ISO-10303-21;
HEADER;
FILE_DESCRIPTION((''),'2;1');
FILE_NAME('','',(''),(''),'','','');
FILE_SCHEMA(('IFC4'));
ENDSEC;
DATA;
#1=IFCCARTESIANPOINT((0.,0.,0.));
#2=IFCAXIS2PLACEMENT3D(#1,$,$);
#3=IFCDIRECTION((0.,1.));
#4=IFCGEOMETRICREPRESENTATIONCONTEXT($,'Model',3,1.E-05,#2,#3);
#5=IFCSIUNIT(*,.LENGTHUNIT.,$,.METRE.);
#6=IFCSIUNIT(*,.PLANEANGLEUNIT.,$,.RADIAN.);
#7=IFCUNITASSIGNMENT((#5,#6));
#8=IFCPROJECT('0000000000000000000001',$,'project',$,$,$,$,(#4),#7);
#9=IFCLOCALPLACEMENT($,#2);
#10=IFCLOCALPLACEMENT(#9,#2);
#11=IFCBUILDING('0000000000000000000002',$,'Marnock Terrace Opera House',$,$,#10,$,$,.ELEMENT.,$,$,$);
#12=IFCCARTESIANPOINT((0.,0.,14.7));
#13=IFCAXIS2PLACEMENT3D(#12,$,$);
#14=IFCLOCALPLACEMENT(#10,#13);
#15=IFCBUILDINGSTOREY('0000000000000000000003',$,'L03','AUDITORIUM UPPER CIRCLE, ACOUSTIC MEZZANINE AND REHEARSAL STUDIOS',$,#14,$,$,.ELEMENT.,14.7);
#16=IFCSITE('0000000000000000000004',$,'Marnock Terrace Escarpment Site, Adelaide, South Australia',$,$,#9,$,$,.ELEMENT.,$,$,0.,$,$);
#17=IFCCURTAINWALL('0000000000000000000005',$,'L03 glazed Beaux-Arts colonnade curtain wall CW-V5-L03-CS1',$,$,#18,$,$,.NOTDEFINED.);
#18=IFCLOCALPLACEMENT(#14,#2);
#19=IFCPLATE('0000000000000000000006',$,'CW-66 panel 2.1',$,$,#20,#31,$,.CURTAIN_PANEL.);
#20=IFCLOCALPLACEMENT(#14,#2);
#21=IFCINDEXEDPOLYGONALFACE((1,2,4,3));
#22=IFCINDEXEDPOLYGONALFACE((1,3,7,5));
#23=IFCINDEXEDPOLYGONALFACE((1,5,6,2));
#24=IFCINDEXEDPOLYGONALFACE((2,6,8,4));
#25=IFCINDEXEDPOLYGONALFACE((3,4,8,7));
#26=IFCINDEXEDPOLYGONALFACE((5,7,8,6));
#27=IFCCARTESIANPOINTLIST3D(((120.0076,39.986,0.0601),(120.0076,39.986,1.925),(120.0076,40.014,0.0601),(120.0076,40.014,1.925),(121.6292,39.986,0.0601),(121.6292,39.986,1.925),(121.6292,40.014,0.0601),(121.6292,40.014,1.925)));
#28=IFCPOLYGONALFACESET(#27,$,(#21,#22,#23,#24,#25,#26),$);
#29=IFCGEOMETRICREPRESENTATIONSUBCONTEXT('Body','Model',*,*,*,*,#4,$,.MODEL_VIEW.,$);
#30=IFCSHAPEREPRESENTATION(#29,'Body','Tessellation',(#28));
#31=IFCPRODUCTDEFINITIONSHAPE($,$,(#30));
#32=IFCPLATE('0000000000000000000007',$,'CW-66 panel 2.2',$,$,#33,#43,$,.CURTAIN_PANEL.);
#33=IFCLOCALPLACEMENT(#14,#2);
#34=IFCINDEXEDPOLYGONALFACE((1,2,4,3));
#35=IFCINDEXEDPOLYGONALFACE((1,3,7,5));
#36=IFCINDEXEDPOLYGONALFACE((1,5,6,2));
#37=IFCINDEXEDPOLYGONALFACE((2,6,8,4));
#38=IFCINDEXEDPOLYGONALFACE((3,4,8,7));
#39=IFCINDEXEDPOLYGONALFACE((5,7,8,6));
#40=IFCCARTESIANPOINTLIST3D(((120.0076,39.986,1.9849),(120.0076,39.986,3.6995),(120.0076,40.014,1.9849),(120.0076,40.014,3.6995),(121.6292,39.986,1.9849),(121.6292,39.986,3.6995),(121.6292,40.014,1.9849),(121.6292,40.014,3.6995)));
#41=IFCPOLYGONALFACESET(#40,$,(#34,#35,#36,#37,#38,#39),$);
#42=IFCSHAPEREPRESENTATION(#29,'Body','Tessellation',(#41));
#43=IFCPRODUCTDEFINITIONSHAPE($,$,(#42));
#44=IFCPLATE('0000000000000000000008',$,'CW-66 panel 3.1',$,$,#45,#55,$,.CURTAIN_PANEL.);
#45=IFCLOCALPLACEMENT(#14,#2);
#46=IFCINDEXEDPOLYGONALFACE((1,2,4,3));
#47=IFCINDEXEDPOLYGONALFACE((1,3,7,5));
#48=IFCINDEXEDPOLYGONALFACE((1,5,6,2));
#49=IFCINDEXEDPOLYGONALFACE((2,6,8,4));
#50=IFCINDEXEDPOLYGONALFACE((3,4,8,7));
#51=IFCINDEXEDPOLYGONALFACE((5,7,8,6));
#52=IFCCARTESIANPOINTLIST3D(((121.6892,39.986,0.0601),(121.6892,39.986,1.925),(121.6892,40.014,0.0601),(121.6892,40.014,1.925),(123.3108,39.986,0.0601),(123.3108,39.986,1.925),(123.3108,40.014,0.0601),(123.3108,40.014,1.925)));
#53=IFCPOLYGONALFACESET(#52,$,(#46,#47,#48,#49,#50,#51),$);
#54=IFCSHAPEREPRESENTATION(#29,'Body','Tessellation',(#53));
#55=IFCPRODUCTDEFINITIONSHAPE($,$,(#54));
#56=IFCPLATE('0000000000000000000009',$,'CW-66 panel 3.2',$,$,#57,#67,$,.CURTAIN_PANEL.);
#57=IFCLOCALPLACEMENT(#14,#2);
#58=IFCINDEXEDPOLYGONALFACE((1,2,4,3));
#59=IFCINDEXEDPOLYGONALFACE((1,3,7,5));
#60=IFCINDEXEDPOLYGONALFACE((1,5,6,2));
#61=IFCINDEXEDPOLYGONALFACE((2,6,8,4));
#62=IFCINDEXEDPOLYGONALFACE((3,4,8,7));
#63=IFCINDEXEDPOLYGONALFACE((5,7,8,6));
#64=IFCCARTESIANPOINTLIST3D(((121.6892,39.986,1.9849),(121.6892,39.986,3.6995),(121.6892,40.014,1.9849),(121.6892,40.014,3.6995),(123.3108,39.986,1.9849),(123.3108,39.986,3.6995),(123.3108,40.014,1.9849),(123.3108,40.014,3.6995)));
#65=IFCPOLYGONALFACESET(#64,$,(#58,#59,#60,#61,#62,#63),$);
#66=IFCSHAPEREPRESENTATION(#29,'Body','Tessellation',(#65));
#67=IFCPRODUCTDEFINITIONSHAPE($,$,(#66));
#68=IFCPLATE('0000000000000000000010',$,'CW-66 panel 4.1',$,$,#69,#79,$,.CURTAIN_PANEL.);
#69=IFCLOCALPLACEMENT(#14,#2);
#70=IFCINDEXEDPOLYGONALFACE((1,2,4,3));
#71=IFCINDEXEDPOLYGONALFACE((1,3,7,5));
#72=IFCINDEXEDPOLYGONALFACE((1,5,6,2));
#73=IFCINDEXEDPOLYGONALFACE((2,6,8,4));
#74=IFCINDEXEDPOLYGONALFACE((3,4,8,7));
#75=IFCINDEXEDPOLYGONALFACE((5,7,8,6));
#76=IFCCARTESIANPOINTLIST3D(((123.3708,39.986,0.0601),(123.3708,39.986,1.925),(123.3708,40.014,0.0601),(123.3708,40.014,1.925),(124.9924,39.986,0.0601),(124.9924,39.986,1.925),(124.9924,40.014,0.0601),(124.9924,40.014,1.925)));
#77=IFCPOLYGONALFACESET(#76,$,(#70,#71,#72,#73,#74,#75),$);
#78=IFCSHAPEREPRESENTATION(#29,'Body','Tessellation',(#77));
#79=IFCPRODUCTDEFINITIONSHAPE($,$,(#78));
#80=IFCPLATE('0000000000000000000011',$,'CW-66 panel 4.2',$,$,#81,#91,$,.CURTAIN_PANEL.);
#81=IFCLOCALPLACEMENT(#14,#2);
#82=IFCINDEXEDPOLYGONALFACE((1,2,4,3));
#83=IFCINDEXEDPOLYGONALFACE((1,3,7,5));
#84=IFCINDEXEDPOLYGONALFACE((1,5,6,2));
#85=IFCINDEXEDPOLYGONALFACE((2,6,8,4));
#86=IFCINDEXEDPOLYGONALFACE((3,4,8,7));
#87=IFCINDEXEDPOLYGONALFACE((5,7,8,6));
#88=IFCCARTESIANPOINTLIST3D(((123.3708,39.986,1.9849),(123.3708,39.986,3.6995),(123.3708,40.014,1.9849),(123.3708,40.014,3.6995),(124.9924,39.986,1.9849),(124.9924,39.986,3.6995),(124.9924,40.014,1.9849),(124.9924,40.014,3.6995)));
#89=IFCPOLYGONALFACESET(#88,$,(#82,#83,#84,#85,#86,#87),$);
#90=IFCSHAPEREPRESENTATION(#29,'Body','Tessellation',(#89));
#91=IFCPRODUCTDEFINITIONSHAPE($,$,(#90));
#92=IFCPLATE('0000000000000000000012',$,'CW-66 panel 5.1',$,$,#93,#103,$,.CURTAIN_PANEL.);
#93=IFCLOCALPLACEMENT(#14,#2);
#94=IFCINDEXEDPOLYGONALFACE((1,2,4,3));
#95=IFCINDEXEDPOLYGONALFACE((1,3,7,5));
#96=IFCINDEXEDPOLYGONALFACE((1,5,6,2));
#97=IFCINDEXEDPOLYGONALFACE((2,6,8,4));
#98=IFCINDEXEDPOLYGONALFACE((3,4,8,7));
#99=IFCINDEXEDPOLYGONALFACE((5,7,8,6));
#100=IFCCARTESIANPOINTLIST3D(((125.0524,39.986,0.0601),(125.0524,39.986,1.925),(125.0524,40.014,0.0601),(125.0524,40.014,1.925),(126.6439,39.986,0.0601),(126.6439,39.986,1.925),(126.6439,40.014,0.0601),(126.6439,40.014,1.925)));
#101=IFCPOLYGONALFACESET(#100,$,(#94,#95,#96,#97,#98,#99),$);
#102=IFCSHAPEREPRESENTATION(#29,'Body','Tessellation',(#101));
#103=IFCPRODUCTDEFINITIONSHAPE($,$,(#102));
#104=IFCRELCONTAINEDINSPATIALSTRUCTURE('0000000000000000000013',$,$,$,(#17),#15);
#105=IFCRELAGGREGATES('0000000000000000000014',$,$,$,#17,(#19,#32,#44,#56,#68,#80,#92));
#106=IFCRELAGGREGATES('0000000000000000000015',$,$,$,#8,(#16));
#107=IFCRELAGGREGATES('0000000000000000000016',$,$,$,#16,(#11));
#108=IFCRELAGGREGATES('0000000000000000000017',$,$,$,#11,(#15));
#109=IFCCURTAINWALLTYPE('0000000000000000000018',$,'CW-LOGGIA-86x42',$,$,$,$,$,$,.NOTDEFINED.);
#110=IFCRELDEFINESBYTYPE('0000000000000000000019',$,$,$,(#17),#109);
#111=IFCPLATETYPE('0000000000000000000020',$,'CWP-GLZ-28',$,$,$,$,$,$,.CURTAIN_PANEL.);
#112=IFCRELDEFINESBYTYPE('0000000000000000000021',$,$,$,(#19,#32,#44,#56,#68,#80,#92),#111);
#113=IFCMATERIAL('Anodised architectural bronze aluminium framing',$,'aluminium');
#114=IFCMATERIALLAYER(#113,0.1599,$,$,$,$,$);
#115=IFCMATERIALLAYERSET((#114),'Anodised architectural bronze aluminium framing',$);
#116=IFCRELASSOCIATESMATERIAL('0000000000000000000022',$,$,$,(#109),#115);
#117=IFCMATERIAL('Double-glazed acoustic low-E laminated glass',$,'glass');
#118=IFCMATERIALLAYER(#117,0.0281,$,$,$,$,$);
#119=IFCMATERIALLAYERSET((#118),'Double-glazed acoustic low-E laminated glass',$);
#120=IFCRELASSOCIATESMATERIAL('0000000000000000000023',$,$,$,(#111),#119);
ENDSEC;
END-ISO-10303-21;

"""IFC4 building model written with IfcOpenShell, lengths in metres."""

from ifc_helpers import new_model, si_unit, direction, frame, origin, origin_2d, place, context, subcontext, project, spatial, rectangle, extrude, material, layer, layer_set, type_object, element, aggregate, save


model = new_model("IFC4")

# Units and contexts
model_context = context("Model", 3, precision=1e-05, world=origin(), true_north=direction((0.0, 1.0)))
body_context = subcontext(model_context, "Body", "Model", "MODEL_VIEW")
ifc_project = project(units=[si_unit("LENGTHUNIT", "METRE"), si_unit("PLANEANGLEUNIT", "RADIAN")], contexts=[model_context])

# Site, building, storey
site_placement = place(None, origin())
site = spatial("IfcSite", under=ifc_project, at=site_placement, Name="Marnock Terrace Escarpment Site, Adelaide, South Australia", CompositionType="ELEMENT", RefElevation=0.0)
building_placement = place(site_placement, origin())
building = spatial("IfcBuilding", under=site, at=building_placement, Name="Marnock Terrace Opera House", CompositionType="ELEMENT")
storey_placement = place(building_placement, frame((0.0, 0.0, 14.7)))
storey = spatial("IfcBuildingStorey", under=building, at=storey_placement, Name="L03", Description="AUDITORIUM UPPER CIRCLE, ACOUSTIC MEZZANINE AND REHEARSAL STUDIOS", CompositionType="ELEMENT", Elevation=14.7)

# Shared definitions
ifc_material_1 = material(Name="Anodised architectural bronze aluminium framing", Category="aluminium")
ifc_layer_1 = layer(ifc_material_1, 0.1599)
ifc_layer_set_1 = layer_set([ifc_layer_1], Name="Anodised architectural bronze aluminium framing")
curtain_wall_type = type_object("IfcCurtainWallType", Name="CW-LOGGIA-86x42", PredefinedType="NOTDEFINED", material=ifc_layer_set_1)

# Curtain wall, plates
curtain_wall_1_placement = place(storey_placement, origin())
curtain_wall_1 = element("IfcCurtainWall", 1, at=curtain_wall_1_placement, inside=storey, type_object=curtain_wall_type, Name="L03 glazed Beaux-Arts colonnade curtain wall CW-V5-L03-CS1", PredefinedType="NOTDEFINED")
ifc_material_2 = material(Name="Double-glazed acoustic low-E laminated glass", Category="glass")
ifc_layer_2 = layer(ifc_material_2, 0.0281)
ifc_layer_set_2 = layer_set([ifc_layer_2], Name="Double-glazed acoustic low-E laminated glass")
plate_type = type_object("IfcPlateType", Name="CWP-GLZ-28", PredefinedType="CURTAIN_PANEL", material=ifc_layer_set_2)
plate_1_placement = place(storey_placement, frame((120.8184, 40.0, 0.0601), z_axis=(0.0, 0.0, 1.0), x_axis=(1.0, 0.0, 0.0)))
plate_1 = element("IfcPlate", 2, at=plate_1_placement, type_object=plate_type, Name="CW-66 panel 2.1", PredefinedType="CURTAIN_PANEL", context=body_context, shape_type="SweptSolid", body=[
    extrude(rectangle(XDim=1.6216, YDim=0.0281, at=origin_2d()), origin(), (0.0, 0.0, 1.0), 1.865),
])
plate_2_placement = place(storey_placement, frame((120.8184, 40.0, 1.9849), z_axis=(0.0, 0.0, 1.0), x_axis=(1.0, 0.0, 0.0)))
plate_2 = element("IfcPlate", 3, at=plate_2_placement, type_object=plate_type, Name="CW-66 panel 2.2", PredefinedType="CURTAIN_PANEL", context=body_context, shape_type="SweptSolid", body=[
    extrude(rectangle(XDim=1.6216, YDim=0.0281, at=origin_2d()), origin(), (0.0, 0.0, 1.0), 1.7146),
])
plate_3_placement = place(storey_placement, frame((122.5, 40.0, 0.0601), z_axis=(0.0, 0.0, 1.0), x_axis=(1.0, 0.0, 0.0)))
plate_3 = element("IfcPlate", 4, at=plate_3_placement, type_object=plate_type, Name="CW-66 panel 3.1", PredefinedType="CURTAIN_PANEL", context=body_context, shape_type="SweptSolid", body=[
    extrude(rectangle(XDim=1.6216, YDim=0.0281, at=origin_2d()), origin(), (0.0, 0.0, 1.0), 1.865),
])
plate_4_placement = place(storey_placement, frame((122.5, 40.0, 1.9849), z_axis=(0.0, 0.0, 1.0), x_axis=(1.0, 0.0, 0.0)))
plate_4 = element("IfcPlate", 5, at=plate_4_placement, type_object=plate_type, Name="CW-66 panel 3.2", PredefinedType="CURTAIN_PANEL", context=body_context, shape_type="SweptSolid", body=[
    extrude(rectangle(XDim=1.6216, YDim=0.0281, at=origin_2d()), origin(), (0.0, 0.0, 1.0), 1.7146),
])
plate_5_placement = place(storey_placement, frame((124.1816, 40.0, 0.0601), z_axis=(0.0, 0.0, 1.0), x_axis=(1.0, 0.0, 0.0)))
plate_5 = element("IfcPlate", 6, at=plate_5_placement, type_object=plate_type, Name="CW-66 panel 4.1", PredefinedType="CURTAIN_PANEL", context=body_context, shape_type="SweptSolid", body=[
    extrude(rectangle(XDim=1.6216, YDim=0.0281, at=origin_2d()), origin(), (0.0, 0.0, 1.0), 1.865),
])
plate_6_placement = place(storey_placement, frame((124.1816, 40.0, 1.9849), z_axis=(0.0, 0.0, 1.0), x_axis=(1.0, 0.0, 0.0)))
plate_6 = element("IfcPlate", 7, at=plate_6_placement, type_object=plate_type, Name="CW-66 panel 4.2", PredefinedType="CURTAIN_PANEL", context=body_context, shape_type="SweptSolid", body=[
    extrude(rectangle(XDim=1.6216, YDim=0.0281, at=origin_2d()), origin(), (0.0, 0.0, 1.0), 1.7146),
])
plate_7_placement = place(storey_placement, frame((125.8481, 40.0, 0.0601), z_axis=(0.0, 0.0, 1.0), x_axis=(1.0, 0.0, 0.0)))
plate_7 = element("IfcPlate", 8, at=plate_7_placement, type_object=plate_type, Name="CW-66 panel 5.1", PredefinedType="CURTAIN_PANEL", context=body_context, shape_type="SweptSolid", body=[
    extrude(rectangle(XDim=1.5916, YDim=0.0281, at=origin_2d()), origin(), (0.0, 0.0, 1.0), 1.865),
])
aggregate(curtain_wall_1, [plate_1, plate_2, plate_3, plate_4, plate_5, plate_6, plate_7])

save(model, "model.ifc")
